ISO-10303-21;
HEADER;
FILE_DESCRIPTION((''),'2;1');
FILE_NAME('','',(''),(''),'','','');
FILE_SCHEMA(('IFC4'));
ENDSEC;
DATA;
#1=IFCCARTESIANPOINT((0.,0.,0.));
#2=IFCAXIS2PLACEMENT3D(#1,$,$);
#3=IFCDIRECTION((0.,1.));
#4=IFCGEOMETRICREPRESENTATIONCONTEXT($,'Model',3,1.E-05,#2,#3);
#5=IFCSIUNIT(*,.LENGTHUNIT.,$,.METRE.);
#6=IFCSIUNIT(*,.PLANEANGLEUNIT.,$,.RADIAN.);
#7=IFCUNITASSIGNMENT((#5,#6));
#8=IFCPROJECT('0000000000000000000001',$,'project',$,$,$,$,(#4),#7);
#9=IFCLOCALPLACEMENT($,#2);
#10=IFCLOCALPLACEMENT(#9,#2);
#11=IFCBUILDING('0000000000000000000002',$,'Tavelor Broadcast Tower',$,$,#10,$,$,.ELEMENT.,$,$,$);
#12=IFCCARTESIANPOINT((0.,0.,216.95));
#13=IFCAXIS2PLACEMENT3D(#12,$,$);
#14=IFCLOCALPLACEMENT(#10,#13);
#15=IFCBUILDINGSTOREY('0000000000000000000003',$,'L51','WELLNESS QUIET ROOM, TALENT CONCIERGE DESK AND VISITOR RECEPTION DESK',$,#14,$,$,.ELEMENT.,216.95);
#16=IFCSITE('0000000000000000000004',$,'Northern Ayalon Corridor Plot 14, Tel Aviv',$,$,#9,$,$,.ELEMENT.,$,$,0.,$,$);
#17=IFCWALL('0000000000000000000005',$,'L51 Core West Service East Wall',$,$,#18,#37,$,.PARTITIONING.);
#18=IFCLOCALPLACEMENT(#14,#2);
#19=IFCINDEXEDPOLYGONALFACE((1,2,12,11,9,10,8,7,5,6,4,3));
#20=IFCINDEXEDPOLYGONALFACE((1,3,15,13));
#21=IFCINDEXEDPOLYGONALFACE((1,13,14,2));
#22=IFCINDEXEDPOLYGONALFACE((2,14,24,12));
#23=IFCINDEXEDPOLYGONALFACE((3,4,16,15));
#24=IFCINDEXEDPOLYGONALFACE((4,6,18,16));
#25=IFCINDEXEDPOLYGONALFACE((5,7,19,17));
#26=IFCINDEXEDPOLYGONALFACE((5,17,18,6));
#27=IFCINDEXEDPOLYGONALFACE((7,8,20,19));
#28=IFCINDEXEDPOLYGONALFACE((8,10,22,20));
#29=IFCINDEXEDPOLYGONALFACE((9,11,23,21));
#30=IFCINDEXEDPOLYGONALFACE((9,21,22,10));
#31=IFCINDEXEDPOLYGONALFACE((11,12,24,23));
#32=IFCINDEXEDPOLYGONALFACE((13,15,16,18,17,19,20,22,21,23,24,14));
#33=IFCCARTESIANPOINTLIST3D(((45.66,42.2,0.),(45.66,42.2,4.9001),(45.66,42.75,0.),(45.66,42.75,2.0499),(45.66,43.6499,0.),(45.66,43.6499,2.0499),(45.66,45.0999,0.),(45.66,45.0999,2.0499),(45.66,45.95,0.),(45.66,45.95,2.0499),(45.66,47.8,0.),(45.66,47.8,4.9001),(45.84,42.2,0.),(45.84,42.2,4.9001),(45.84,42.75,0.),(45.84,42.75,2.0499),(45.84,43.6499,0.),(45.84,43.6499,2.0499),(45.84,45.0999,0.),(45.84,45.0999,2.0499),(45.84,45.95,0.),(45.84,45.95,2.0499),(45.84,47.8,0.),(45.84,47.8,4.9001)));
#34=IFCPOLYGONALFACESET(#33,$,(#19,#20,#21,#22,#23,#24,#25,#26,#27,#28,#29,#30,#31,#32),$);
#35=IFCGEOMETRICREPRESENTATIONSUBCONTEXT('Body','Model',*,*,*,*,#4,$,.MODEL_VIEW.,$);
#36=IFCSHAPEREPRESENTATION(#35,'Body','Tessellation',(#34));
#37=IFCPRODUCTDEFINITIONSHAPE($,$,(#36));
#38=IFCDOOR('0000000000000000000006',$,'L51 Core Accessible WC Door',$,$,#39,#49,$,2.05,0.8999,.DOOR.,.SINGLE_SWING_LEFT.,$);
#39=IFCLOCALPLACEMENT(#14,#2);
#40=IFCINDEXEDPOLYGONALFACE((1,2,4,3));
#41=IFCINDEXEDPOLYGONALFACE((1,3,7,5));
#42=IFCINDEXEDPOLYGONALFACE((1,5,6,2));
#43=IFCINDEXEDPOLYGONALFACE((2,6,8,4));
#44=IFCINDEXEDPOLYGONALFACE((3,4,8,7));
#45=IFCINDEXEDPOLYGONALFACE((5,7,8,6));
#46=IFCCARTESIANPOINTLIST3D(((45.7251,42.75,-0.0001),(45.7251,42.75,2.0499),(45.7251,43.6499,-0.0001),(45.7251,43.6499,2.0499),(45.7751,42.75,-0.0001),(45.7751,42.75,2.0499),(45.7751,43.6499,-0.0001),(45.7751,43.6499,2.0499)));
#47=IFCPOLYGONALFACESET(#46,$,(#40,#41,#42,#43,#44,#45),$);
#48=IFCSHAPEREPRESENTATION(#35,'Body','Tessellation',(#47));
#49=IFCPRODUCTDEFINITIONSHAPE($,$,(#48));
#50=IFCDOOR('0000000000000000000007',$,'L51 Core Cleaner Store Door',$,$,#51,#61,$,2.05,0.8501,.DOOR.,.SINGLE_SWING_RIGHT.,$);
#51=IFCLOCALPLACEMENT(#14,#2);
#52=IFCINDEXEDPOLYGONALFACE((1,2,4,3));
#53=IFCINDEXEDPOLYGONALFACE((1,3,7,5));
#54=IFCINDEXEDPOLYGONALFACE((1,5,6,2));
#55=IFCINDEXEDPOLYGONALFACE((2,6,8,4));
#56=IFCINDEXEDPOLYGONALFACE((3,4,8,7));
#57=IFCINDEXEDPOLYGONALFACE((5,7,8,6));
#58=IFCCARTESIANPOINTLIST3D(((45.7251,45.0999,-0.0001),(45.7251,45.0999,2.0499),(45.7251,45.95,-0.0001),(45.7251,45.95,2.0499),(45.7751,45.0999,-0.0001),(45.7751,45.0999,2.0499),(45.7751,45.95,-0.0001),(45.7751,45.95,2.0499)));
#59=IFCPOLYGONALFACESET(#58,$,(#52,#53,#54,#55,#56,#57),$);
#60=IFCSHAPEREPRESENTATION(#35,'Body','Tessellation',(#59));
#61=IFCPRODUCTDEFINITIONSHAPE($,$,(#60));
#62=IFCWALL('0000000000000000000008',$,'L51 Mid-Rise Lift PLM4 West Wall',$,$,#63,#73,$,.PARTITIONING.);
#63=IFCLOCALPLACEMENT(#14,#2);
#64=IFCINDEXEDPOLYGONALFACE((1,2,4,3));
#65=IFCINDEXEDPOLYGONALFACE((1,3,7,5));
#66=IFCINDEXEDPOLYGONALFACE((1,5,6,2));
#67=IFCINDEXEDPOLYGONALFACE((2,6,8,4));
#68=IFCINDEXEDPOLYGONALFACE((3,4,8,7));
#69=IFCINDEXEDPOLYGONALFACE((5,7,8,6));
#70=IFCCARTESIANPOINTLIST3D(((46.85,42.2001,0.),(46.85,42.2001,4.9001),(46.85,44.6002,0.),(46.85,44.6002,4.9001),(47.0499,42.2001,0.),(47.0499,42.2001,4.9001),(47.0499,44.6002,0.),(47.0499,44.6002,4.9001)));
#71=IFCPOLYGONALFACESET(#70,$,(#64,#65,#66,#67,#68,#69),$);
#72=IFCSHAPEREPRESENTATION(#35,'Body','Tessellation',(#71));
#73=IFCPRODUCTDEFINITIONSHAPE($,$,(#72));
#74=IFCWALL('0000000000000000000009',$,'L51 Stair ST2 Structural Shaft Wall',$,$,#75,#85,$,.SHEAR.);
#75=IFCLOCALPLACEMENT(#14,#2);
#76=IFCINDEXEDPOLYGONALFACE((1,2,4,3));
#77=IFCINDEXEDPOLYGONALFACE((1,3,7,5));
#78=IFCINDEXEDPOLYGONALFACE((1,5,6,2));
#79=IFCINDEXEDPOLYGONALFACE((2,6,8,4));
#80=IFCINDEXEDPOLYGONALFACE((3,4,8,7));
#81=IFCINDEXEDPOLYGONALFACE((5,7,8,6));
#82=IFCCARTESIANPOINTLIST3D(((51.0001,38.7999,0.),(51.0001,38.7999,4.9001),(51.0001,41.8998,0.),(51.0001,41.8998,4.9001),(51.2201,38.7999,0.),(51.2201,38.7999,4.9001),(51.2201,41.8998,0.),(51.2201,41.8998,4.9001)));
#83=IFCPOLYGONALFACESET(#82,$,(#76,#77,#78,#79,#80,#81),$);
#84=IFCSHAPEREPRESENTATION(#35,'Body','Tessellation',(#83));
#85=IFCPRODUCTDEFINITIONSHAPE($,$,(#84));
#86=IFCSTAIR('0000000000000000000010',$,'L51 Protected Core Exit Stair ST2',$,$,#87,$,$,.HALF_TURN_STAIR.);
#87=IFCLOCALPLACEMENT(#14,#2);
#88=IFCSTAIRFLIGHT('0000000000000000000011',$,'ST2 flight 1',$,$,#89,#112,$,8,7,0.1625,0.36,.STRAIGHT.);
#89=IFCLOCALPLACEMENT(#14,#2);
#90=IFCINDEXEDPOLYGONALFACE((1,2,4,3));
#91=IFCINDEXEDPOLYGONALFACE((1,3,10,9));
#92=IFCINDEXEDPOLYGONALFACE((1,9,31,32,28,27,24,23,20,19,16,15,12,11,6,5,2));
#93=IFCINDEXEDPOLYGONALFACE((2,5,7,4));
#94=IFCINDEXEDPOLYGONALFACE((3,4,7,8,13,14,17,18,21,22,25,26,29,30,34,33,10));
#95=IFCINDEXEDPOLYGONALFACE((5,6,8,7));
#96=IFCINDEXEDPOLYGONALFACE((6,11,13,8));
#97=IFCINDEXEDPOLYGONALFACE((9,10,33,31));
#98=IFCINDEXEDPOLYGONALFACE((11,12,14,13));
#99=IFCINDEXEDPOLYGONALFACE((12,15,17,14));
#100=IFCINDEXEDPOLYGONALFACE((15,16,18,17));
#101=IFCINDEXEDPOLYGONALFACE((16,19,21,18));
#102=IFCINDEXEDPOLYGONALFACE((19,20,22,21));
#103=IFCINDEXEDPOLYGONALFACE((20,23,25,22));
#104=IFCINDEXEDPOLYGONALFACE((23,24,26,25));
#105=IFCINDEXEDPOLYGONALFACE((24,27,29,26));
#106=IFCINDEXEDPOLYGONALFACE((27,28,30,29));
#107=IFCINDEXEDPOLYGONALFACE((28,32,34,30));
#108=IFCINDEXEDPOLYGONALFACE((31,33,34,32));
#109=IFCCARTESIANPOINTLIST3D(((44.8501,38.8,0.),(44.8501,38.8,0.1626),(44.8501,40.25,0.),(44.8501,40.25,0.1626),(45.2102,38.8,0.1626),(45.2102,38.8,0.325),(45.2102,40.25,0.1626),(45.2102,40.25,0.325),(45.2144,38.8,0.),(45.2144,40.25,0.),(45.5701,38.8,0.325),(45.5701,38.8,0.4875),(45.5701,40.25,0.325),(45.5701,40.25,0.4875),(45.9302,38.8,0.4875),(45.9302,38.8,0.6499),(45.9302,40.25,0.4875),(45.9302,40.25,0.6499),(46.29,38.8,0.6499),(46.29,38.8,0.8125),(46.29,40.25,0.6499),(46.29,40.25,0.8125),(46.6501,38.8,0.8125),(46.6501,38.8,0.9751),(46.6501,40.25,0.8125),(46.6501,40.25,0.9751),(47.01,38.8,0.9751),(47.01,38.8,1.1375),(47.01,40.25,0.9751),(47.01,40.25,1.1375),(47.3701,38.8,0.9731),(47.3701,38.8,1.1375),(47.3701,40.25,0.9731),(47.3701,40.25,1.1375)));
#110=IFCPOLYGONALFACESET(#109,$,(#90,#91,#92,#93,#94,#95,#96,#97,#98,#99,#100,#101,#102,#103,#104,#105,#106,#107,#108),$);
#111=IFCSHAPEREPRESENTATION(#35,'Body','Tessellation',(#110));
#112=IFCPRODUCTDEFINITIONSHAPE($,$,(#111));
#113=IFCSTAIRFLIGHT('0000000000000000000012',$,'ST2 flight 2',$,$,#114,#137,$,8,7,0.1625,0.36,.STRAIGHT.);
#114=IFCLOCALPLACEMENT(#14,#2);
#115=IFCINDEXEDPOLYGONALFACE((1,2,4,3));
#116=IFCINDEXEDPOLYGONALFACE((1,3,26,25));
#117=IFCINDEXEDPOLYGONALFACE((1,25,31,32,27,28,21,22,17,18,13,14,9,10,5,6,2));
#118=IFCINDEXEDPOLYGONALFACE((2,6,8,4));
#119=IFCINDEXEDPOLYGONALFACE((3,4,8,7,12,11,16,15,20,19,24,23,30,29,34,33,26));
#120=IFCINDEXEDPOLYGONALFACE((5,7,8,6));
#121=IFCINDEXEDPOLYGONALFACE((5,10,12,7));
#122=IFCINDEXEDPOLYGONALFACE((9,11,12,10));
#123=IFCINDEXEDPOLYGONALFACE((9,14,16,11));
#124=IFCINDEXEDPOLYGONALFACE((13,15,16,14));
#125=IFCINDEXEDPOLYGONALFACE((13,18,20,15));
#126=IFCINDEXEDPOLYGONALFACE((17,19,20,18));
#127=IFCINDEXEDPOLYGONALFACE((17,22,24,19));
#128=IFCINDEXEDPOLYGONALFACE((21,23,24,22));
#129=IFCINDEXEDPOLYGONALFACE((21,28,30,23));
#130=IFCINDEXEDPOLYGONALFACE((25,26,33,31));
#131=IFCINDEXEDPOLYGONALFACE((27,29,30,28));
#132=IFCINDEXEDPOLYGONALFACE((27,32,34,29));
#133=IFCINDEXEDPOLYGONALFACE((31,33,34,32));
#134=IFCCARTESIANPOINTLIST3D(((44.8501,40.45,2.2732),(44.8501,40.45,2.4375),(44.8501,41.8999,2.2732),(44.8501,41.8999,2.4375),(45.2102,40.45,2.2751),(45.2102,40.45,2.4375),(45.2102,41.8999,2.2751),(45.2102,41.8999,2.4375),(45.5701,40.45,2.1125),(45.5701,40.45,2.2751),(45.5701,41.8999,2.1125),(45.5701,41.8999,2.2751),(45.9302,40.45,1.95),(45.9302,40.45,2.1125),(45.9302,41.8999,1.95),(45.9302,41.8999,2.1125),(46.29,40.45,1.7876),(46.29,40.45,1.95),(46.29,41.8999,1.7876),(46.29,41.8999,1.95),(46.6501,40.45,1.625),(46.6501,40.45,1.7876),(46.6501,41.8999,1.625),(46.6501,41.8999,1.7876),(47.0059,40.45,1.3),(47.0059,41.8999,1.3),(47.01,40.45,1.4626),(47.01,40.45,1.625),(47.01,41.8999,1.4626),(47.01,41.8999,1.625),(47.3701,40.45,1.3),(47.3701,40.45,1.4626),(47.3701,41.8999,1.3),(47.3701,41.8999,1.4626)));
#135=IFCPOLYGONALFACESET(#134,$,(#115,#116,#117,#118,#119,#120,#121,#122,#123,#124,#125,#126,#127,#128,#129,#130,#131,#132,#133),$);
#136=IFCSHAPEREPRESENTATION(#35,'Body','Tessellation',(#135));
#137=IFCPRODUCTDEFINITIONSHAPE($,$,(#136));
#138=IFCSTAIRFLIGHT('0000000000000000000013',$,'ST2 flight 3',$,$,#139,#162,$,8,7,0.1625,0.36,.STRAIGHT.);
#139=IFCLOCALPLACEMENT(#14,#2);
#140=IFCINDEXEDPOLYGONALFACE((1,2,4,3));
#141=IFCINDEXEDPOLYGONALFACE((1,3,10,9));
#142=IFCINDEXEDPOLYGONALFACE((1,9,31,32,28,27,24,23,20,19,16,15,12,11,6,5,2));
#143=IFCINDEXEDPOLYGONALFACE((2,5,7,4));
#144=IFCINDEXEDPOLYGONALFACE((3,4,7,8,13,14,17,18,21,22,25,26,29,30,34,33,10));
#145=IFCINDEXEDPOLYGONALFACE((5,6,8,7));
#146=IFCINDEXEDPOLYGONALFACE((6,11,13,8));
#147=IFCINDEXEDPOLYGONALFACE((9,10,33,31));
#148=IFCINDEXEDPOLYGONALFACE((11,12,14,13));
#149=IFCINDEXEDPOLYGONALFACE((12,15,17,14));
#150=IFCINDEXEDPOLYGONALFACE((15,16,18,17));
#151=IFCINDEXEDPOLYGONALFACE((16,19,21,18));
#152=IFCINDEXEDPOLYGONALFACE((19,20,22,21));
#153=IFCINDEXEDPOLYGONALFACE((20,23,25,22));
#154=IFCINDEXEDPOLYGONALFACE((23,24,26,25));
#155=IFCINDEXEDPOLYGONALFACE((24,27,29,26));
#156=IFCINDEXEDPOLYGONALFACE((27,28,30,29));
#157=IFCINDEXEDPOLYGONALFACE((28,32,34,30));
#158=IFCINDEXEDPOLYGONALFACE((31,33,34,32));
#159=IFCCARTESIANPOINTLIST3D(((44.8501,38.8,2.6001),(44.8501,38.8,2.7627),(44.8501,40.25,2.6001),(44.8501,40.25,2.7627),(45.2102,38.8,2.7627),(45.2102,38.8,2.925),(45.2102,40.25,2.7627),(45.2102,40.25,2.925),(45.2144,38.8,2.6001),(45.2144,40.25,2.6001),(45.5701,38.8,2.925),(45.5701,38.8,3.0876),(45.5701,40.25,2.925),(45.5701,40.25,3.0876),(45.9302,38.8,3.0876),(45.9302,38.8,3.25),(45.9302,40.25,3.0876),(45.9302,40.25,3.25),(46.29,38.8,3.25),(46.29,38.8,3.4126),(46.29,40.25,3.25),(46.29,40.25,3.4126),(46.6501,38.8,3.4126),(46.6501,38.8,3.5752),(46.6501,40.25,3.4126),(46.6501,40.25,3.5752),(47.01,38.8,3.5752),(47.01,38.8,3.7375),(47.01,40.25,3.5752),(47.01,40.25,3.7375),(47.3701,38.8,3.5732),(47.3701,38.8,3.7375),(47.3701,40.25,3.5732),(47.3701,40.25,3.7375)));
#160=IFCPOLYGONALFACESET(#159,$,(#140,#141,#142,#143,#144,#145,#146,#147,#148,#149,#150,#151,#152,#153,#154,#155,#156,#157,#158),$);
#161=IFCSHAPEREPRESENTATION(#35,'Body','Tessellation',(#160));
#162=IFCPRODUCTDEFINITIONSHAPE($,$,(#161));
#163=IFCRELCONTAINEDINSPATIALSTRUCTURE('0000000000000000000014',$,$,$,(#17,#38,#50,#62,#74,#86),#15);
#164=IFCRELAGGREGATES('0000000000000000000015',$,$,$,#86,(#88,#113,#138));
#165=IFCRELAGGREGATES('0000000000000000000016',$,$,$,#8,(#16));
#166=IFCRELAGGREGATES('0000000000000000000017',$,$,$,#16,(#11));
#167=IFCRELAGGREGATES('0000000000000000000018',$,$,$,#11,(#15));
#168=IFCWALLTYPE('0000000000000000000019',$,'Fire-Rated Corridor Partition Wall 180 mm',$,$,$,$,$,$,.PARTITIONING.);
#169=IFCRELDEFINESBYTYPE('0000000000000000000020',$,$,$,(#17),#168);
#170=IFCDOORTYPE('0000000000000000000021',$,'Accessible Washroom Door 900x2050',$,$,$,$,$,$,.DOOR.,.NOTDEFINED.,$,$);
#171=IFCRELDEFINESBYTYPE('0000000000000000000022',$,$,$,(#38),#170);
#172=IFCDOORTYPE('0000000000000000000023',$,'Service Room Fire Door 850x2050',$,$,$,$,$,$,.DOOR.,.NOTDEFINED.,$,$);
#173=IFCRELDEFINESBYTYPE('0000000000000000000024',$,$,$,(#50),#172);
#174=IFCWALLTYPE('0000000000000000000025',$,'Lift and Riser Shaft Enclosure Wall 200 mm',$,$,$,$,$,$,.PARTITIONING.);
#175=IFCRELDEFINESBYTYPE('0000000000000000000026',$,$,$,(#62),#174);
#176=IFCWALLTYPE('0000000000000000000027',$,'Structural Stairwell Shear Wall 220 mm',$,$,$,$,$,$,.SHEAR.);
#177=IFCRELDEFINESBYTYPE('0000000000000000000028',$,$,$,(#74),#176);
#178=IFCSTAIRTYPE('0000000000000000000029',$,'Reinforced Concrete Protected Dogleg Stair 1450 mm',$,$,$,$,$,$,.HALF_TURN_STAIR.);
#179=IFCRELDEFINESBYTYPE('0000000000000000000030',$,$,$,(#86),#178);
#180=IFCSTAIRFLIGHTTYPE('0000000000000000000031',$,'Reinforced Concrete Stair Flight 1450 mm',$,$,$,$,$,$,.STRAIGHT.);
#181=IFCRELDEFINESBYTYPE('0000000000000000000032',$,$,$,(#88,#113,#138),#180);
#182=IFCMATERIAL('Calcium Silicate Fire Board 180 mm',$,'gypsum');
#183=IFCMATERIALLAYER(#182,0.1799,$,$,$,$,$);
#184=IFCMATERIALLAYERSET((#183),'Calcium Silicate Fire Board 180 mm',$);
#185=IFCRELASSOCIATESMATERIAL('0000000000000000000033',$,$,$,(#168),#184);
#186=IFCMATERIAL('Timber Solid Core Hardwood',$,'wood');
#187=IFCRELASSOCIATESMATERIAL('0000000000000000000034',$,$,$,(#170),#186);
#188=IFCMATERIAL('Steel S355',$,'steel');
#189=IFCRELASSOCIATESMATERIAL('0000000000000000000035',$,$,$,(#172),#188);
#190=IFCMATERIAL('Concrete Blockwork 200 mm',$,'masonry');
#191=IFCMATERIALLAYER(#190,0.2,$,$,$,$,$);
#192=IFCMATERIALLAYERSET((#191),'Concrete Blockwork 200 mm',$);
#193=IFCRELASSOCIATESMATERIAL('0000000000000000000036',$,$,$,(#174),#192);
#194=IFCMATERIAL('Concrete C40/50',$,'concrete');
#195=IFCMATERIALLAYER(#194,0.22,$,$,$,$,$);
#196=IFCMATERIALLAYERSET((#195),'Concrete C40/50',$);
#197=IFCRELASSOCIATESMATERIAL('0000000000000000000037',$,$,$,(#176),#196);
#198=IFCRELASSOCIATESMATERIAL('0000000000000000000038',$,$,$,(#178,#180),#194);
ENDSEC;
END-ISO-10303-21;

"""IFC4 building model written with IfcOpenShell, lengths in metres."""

from ifc_helpers import new_model, si_unit, direction, frame, frame_2d, origin, place, context, subcontext, project, spatial, polyline, rectangle, outline, extrude, material, layer, layer_set, type_object, element, fill, aggregate, save


model = new_model("IFC4")

# Units and contexts
model_context = context("Model", 3, precision=1e-05, world=origin(), true_north=direction((0.0, 1.0)))
body_context = subcontext(model_context, "Body", "Model", "MODEL_VIEW")
ifc_project = project(units=[si_unit("LENGTHUNIT", "METRE"), si_unit("PLANEANGLEUNIT", "RADIAN")], contexts=[model_context])

# Site, building, storey
site_placement = place(None, origin())
site = spatial("IfcSite", under=ifc_project, at=site_placement, Name="Northern Ayalon Corridor Plot 14, Tel Aviv", CompositionType="ELEMENT", RefElevation=0.0)
building_placement = place(site_placement, origin())
building = spatial("IfcBuilding", under=site, at=building_placement, Name="Tavelor Broadcast Tower", CompositionType="ELEMENT")
storey_placement = place(building_placement, frame((0.0, 0.0, 216.95)))
storey = spatial("IfcBuildingStorey", under=building, at=storey_placement, Name="L51", Description="WELLNESS QUIET ROOM, TALENT CONCIERGE DESK AND VISITOR RECEPTION DESK", CompositionType="ELEMENT", Elevation=216.95)

# Shared definitions
ifc_material_1 = material(Name="Concrete C40/50", Category="concrete")
ifc_material_2 = material(Name="Steel S355", Category="steel")

# Wall, openings, doors
ifc_material_3 = material(Name="Calcium Silicate Fire Board 180 mm", Category="gypsum")
ifc_layer_1 = layer(ifc_material_3, 0.1799)
ifc_layer_set_1 = layer_set([ifc_layer_1], Name="Calcium Silicate Fire Board 180 mm")
wall_type_1 = type_object("IfcWallType", Name="Fire-Rated Corridor Partition Wall 180 mm", PredefinedType="PARTITIONING", material=ifc_layer_set_1)
wall_1_placement = place(storey_placement, frame((45.75, 42.2, 0.0), z_axis=(0.0, 0.0, 1.0), x_axis=(0.0, 1.0, 0.0)))
wall_1 = element("IfcWall", 1, at=wall_1_placement, inside=storey, type_object=wall_type_1, Name="L51 Core West Service East Wall", PredefinedType="PARTITIONING", context=body_context, shape_type="SweptSolid", body=[
    extrude(rectangle(XDim=5.6001, YDim=0.1799, at=frame_2d((2.8, 0.0))), origin(), (0.0, 0.0, 1.0), 4.9001),
])
opening_1_placement = place(wall_1_placement, frame((0.55, 0.0, 0.0)))
opening_1 = element("IfcOpeningElement", 2, at=opening_1_placement, cuts=wall_1, PredefinedType="OPENING", context=body_context, shape_type="SweptSolid", body=[
    extrude(rectangle(XDim=0.8999, YDim=2.05, at=frame_2d((0.45, 1.0249))), frame((0.0, 0.1001, 0.0), z_axis=(0.0, -1.0, 0.0), x_axis=(1.0, 0.0, 0.0)), (0.0, 0.0, 1.0), 0.2),
])
opening_2_placement = place(wall_1_placement, frame((2.8999, 0.0, 0.0)))
opening_2 = element("IfcOpeningElement", 3, at=opening_2_placement, cuts=wall_1, PredefinedType="OPENING", context=body_context, shape_type="SweptSolid", body=[
    extrude(rectangle(XDim=0.8501, YDim=2.05, at=frame_2d((0.425, 1.0249))), frame((0.0, 0.1001, 0.0), z_axis=(0.0, -1.0, 0.0), x_axis=(1.0, 0.0, 0.0)), (0.0, 0.0, 1.0), 0.2),
])
ifc_material_4 = material(Name="Timber Solid Core Hardwood", Category="wood")
door_type_1 = type_object("IfcDoorType", Name="Accessible Washroom Door 900x2050", OperationType="NOTDEFINED", PredefinedType="DOOR", material=ifc_material_4)
door_1_placement = place(opening_1_placement, origin())
door_1 = element("IfcDoor", 4, at=door_1_placement, inside=storey, type_object=door_type_1, Name="L51 Core Accessible WC Door", OperationType="SINGLE_SWING_LEFT", OverallHeight=2.05, OverallWidth=0.8999, PredefinedType="DOOR", context=body_context, shape_type="SweptSolid", body=[
    extrude(rectangle(XDim=0.8999, YDim=2.05, at=frame_2d((0.45, 1.0249))), frame((0.0, 0.0249, 0.0), z_axis=(0.0, -1.0, 0.0), x_axis=(1.0, 0.0, 0.0)), (0.0, 0.0, 1.0), 0.05),
])
fill(opening_1, door_1)
door_type_2 = type_object("IfcDoorType", Name="Service Room Fire Door 850x2050", OperationType="NOTDEFINED", PredefinedType="DOOR", material=ifc_material_2)
door_2_placement = place(opening_2_placement, origin())
door_2 = element("IfcDoor", 5, at=door_2_placement, inside=storey, type_object=door_type_2, Name="L51 Core Cleaner Store Door", OperationType="SINGLE_SWING_RIGHT", OverallHeight=2.05, OverallWidth=0.8501, PredefinedType="DOOR", context=body_context, shape_type="SweptSolid", body=[
    extrude(rectangle(XDim=0.8501, YDim=2.05, at=frame_2d((0.425, 1.0249))), frame((0.0, 0.0249, 0.0), z_axis=(0.0, -1.0, 0.0), x_axis=(1.0, 0.0, 0.0)), (0.0, 0.0, 1.0), 0.05),
])
fill(opening_2, door_2)

# Shared definitions
ifc_material_5 = material(Name="Concrete Blockwork 200 mm", Category="masonry")

# Walls
ifc_layer_2 = layer(ifc_material_5, 0.2)
ifc_layer_set_2 = layer_set([ifc_layer_2], Name="Concrete Blockwork 200 mm")
wall_type_2 = type_object("IfcWallType", Name="Lift and Riser Shaft Enclosure Wall 200 mm", PredefinedType="PARTITIONING", material=ifc_layer_set_2)
wall_2_placement = place(storey_placement, frame((46.95, 42.2, 0.0), z_axis=(0.0, 0.0, 1.0), x_axis=(0.0, 1.0, 0.0)))
element("IfcWall", 6, at=wall_2_placement, inside=storey, type_object=wall_type_2, Name="L51 Mid-Rise Lift PLM4 West Wall", PredefinedType="PARTITIONING", context=body_context, shape_type="SweptSolid", body=[
    extrude(rectangle(XDim=2.4001, YDim=0.2, at=frame_2d((1.2002, 0.0))), origin(), (0.0, 0.0, 1.0), 4.9001),
])
ifc_layer_3 = layer(ifc_material_1, 0.22)
ifc_layer_set_3 = layer_set([ifc_layer_3], Name="Concrete C40/50")
wall_type_3 = type_object("IfcWallType", Name="Structural Stairwell Shear Wall 220 mm", PredefinedType="SHEAR", material=ifc_layer_set_3)
wall_3_placement = place(storey_placement, frame((51.1101, 38.8, 0.0), z_axis=(0.0, 0.0, 1.0), x_axis=(0.0, 1.0, 0.0)))
element("IfcWall", 7, at=wall_3_placement, inside=storey, type_object=wall_type_3, Name="L51 Stair ST2 Structural Shaft Wall", PredefinedType="SHEAR", context=body_context, shape_type="SweptSolid", body=[
    extrude(rectangle(XDim=3.0999, YDim=0.22, at=frame_2d((1.5498, 0.0))), origin(), (0.0, 0.0, 1.0), 4.9001),
])

# Stair, stair flights
stair_type = type_object("IfcStairType", Name="Reinforced Concrete Protected Dogleg Stair 1450 mm", PredefinedType="HALF_TURN_STAIR", material=ifc_material_1)
stair_placement = place(storey_placement, origin())
stair = element("IfcStair", 8, at=stair_placement, inside=storey, type_object=stair_type, Name="L51 Protected Core Exit Stair ST2", PredefinedType="HALF_TURN_STAIR")
stair_flight_type = type_object("IfcStairFlightType", Name="Reinforced Concrete Stair Flight 1450 mm", PredefinedType="STRAIGHT", material=ifc_material_1)
stair_flight_1_placement = place(storey_placement, frame((44.8501, 39.5249, 0.0), z_axis=(0.0, 0.0, 1.0), x_axis=(1.0, 0.0, 0.0)))
stair_flight_1 = element("IfcStairFlight", 9, at=stair_flight_1_placement, type_object=stair_flight_type, Name="ST2 flight 1", NumberOfRisers=8, NumberOfTreads=7, PredefinedType="STRAIGHT", RiserHeight=0.1625, TreadLength=0.36, context=body_context, shape_type="SweptSolid", body=[
    extrude(outline(polyline([(0.0, 0.0), (0.0, 0.1626), (0.3601, 0.1626), (0.3601, 0.325), (0.72, 0.325), (0.72, 0.4875), (1.0801, 0.4875), (1.0801, 0.6499), (1.4399, 0.6499), (1.4399, 0.8125), (1.8, 0.8125), (1.8, 0.9751), (2.1599, 0.9751), (2.1599, 1.1375), (2.52, 1.1375), (2.52, 1.3), (2.52, 0.9731), (0.3643, 0.0), (0.0, 0.0)])), frame((0.0, 0.7251, 0.0), z_axis=(0.0, -1.0, 0.0), x_axis=(1.0, 0.0, 0.0)), (0.0, 0.0, 1.0), 1.45),
])
stair_flight_2_placement = place(storey_placement, frame((47.3701, 41.175, 1.3), z_axis=(0.0, 0.0, 1.0), x_axis=(-1.0, 0.0, 0.0)))
stair_flight_2 = element("IfcStairFlight", 10, at=stair_flight_2_placement, type_object=stair_flight_type, Name="ST2 flight 2", NumberOfRisers=8, NumberOfTreads=7, PredefinedType="STRAIGHT", RiserHeight=0.1625, TreadLength=0.36, context=body_context, shape_type="SweptSolid", body=[
    extrude(outline(polyline([(0.0, 0.0), (0.0, 0.1626), (0.3601, 0.1626), (0.3601, 0.325), (0.72, 0.325), (0.72, 0.4875), (1.0801, 0.4875), (1.0801, 0.6499), (1.4399, 0.6499), (1.4399, 0.8125), (1.8, 0.8125), (1.8, 0.9751), (2.1599, 0.9751), (2.1599, 1.1375), (2.52, 1.1375), (2.52, 1.3), (2.52, 0.9731), (0.3643, 0.0), (0.0, 0.0)])), frame((0.0, 0.7251, 0.0), z_axis=(0.0, -1.0, 0.0), x_axis=(1.0, 0.0, 0.0)), (0.0, 0.0, 1.0), 1.45),
])
stair_flight_3_placement = place(storey_placement, frame((44.8501, 39.5249, 2.6001), z_axis=(0.0, 0.0, 1.0), x_axis=(1.0, 0.0, 0.0)))
stair_flight_3 = element("IfcStairFlight", 11, at=stair_flight_3_placement, type_object=stair_flight_type, Name="ST2 flight 3", NumberOfRisers=8, NumberOfTreads=7, PredefinedType="STRAIGHT", RiserHeight=0.1625, TreadLength=0.36, context=body_context, shape_type="SweptSolid", body=[
    extrude(outline(polyline([(0.0, 0.0), (0.0, 0.1626), (0.3601, 0.1626), (0.3601, 0.325), (0.72, 0.325), (0.72, 0.4875), (1.0801, 0.4875), (1.0801, 0.6499), (1.4399, 0.6499), (1.4399, 0.8125), (1.8, 0.8125), (1.8, 0.9751), (2.1599, 0.9751), (2.1599, 1.1375), (2.52, 1.1375), (2.52, 1.3), (2.52, 0.9731), (0.3643, 0.0), (0.0, 0.0)])), frame((0.0, 0.7251, 0.0), z_axis=(0.0, -1.0, 0.0), x_axis=(1.0, 0.0, 0.0)), (0.0, 0.0, 1.0), 1.45),
])
aggregate(stair, [stair_flight_1, stair_flight_2, stair_flight_3])

save(model, "model.ifc")
